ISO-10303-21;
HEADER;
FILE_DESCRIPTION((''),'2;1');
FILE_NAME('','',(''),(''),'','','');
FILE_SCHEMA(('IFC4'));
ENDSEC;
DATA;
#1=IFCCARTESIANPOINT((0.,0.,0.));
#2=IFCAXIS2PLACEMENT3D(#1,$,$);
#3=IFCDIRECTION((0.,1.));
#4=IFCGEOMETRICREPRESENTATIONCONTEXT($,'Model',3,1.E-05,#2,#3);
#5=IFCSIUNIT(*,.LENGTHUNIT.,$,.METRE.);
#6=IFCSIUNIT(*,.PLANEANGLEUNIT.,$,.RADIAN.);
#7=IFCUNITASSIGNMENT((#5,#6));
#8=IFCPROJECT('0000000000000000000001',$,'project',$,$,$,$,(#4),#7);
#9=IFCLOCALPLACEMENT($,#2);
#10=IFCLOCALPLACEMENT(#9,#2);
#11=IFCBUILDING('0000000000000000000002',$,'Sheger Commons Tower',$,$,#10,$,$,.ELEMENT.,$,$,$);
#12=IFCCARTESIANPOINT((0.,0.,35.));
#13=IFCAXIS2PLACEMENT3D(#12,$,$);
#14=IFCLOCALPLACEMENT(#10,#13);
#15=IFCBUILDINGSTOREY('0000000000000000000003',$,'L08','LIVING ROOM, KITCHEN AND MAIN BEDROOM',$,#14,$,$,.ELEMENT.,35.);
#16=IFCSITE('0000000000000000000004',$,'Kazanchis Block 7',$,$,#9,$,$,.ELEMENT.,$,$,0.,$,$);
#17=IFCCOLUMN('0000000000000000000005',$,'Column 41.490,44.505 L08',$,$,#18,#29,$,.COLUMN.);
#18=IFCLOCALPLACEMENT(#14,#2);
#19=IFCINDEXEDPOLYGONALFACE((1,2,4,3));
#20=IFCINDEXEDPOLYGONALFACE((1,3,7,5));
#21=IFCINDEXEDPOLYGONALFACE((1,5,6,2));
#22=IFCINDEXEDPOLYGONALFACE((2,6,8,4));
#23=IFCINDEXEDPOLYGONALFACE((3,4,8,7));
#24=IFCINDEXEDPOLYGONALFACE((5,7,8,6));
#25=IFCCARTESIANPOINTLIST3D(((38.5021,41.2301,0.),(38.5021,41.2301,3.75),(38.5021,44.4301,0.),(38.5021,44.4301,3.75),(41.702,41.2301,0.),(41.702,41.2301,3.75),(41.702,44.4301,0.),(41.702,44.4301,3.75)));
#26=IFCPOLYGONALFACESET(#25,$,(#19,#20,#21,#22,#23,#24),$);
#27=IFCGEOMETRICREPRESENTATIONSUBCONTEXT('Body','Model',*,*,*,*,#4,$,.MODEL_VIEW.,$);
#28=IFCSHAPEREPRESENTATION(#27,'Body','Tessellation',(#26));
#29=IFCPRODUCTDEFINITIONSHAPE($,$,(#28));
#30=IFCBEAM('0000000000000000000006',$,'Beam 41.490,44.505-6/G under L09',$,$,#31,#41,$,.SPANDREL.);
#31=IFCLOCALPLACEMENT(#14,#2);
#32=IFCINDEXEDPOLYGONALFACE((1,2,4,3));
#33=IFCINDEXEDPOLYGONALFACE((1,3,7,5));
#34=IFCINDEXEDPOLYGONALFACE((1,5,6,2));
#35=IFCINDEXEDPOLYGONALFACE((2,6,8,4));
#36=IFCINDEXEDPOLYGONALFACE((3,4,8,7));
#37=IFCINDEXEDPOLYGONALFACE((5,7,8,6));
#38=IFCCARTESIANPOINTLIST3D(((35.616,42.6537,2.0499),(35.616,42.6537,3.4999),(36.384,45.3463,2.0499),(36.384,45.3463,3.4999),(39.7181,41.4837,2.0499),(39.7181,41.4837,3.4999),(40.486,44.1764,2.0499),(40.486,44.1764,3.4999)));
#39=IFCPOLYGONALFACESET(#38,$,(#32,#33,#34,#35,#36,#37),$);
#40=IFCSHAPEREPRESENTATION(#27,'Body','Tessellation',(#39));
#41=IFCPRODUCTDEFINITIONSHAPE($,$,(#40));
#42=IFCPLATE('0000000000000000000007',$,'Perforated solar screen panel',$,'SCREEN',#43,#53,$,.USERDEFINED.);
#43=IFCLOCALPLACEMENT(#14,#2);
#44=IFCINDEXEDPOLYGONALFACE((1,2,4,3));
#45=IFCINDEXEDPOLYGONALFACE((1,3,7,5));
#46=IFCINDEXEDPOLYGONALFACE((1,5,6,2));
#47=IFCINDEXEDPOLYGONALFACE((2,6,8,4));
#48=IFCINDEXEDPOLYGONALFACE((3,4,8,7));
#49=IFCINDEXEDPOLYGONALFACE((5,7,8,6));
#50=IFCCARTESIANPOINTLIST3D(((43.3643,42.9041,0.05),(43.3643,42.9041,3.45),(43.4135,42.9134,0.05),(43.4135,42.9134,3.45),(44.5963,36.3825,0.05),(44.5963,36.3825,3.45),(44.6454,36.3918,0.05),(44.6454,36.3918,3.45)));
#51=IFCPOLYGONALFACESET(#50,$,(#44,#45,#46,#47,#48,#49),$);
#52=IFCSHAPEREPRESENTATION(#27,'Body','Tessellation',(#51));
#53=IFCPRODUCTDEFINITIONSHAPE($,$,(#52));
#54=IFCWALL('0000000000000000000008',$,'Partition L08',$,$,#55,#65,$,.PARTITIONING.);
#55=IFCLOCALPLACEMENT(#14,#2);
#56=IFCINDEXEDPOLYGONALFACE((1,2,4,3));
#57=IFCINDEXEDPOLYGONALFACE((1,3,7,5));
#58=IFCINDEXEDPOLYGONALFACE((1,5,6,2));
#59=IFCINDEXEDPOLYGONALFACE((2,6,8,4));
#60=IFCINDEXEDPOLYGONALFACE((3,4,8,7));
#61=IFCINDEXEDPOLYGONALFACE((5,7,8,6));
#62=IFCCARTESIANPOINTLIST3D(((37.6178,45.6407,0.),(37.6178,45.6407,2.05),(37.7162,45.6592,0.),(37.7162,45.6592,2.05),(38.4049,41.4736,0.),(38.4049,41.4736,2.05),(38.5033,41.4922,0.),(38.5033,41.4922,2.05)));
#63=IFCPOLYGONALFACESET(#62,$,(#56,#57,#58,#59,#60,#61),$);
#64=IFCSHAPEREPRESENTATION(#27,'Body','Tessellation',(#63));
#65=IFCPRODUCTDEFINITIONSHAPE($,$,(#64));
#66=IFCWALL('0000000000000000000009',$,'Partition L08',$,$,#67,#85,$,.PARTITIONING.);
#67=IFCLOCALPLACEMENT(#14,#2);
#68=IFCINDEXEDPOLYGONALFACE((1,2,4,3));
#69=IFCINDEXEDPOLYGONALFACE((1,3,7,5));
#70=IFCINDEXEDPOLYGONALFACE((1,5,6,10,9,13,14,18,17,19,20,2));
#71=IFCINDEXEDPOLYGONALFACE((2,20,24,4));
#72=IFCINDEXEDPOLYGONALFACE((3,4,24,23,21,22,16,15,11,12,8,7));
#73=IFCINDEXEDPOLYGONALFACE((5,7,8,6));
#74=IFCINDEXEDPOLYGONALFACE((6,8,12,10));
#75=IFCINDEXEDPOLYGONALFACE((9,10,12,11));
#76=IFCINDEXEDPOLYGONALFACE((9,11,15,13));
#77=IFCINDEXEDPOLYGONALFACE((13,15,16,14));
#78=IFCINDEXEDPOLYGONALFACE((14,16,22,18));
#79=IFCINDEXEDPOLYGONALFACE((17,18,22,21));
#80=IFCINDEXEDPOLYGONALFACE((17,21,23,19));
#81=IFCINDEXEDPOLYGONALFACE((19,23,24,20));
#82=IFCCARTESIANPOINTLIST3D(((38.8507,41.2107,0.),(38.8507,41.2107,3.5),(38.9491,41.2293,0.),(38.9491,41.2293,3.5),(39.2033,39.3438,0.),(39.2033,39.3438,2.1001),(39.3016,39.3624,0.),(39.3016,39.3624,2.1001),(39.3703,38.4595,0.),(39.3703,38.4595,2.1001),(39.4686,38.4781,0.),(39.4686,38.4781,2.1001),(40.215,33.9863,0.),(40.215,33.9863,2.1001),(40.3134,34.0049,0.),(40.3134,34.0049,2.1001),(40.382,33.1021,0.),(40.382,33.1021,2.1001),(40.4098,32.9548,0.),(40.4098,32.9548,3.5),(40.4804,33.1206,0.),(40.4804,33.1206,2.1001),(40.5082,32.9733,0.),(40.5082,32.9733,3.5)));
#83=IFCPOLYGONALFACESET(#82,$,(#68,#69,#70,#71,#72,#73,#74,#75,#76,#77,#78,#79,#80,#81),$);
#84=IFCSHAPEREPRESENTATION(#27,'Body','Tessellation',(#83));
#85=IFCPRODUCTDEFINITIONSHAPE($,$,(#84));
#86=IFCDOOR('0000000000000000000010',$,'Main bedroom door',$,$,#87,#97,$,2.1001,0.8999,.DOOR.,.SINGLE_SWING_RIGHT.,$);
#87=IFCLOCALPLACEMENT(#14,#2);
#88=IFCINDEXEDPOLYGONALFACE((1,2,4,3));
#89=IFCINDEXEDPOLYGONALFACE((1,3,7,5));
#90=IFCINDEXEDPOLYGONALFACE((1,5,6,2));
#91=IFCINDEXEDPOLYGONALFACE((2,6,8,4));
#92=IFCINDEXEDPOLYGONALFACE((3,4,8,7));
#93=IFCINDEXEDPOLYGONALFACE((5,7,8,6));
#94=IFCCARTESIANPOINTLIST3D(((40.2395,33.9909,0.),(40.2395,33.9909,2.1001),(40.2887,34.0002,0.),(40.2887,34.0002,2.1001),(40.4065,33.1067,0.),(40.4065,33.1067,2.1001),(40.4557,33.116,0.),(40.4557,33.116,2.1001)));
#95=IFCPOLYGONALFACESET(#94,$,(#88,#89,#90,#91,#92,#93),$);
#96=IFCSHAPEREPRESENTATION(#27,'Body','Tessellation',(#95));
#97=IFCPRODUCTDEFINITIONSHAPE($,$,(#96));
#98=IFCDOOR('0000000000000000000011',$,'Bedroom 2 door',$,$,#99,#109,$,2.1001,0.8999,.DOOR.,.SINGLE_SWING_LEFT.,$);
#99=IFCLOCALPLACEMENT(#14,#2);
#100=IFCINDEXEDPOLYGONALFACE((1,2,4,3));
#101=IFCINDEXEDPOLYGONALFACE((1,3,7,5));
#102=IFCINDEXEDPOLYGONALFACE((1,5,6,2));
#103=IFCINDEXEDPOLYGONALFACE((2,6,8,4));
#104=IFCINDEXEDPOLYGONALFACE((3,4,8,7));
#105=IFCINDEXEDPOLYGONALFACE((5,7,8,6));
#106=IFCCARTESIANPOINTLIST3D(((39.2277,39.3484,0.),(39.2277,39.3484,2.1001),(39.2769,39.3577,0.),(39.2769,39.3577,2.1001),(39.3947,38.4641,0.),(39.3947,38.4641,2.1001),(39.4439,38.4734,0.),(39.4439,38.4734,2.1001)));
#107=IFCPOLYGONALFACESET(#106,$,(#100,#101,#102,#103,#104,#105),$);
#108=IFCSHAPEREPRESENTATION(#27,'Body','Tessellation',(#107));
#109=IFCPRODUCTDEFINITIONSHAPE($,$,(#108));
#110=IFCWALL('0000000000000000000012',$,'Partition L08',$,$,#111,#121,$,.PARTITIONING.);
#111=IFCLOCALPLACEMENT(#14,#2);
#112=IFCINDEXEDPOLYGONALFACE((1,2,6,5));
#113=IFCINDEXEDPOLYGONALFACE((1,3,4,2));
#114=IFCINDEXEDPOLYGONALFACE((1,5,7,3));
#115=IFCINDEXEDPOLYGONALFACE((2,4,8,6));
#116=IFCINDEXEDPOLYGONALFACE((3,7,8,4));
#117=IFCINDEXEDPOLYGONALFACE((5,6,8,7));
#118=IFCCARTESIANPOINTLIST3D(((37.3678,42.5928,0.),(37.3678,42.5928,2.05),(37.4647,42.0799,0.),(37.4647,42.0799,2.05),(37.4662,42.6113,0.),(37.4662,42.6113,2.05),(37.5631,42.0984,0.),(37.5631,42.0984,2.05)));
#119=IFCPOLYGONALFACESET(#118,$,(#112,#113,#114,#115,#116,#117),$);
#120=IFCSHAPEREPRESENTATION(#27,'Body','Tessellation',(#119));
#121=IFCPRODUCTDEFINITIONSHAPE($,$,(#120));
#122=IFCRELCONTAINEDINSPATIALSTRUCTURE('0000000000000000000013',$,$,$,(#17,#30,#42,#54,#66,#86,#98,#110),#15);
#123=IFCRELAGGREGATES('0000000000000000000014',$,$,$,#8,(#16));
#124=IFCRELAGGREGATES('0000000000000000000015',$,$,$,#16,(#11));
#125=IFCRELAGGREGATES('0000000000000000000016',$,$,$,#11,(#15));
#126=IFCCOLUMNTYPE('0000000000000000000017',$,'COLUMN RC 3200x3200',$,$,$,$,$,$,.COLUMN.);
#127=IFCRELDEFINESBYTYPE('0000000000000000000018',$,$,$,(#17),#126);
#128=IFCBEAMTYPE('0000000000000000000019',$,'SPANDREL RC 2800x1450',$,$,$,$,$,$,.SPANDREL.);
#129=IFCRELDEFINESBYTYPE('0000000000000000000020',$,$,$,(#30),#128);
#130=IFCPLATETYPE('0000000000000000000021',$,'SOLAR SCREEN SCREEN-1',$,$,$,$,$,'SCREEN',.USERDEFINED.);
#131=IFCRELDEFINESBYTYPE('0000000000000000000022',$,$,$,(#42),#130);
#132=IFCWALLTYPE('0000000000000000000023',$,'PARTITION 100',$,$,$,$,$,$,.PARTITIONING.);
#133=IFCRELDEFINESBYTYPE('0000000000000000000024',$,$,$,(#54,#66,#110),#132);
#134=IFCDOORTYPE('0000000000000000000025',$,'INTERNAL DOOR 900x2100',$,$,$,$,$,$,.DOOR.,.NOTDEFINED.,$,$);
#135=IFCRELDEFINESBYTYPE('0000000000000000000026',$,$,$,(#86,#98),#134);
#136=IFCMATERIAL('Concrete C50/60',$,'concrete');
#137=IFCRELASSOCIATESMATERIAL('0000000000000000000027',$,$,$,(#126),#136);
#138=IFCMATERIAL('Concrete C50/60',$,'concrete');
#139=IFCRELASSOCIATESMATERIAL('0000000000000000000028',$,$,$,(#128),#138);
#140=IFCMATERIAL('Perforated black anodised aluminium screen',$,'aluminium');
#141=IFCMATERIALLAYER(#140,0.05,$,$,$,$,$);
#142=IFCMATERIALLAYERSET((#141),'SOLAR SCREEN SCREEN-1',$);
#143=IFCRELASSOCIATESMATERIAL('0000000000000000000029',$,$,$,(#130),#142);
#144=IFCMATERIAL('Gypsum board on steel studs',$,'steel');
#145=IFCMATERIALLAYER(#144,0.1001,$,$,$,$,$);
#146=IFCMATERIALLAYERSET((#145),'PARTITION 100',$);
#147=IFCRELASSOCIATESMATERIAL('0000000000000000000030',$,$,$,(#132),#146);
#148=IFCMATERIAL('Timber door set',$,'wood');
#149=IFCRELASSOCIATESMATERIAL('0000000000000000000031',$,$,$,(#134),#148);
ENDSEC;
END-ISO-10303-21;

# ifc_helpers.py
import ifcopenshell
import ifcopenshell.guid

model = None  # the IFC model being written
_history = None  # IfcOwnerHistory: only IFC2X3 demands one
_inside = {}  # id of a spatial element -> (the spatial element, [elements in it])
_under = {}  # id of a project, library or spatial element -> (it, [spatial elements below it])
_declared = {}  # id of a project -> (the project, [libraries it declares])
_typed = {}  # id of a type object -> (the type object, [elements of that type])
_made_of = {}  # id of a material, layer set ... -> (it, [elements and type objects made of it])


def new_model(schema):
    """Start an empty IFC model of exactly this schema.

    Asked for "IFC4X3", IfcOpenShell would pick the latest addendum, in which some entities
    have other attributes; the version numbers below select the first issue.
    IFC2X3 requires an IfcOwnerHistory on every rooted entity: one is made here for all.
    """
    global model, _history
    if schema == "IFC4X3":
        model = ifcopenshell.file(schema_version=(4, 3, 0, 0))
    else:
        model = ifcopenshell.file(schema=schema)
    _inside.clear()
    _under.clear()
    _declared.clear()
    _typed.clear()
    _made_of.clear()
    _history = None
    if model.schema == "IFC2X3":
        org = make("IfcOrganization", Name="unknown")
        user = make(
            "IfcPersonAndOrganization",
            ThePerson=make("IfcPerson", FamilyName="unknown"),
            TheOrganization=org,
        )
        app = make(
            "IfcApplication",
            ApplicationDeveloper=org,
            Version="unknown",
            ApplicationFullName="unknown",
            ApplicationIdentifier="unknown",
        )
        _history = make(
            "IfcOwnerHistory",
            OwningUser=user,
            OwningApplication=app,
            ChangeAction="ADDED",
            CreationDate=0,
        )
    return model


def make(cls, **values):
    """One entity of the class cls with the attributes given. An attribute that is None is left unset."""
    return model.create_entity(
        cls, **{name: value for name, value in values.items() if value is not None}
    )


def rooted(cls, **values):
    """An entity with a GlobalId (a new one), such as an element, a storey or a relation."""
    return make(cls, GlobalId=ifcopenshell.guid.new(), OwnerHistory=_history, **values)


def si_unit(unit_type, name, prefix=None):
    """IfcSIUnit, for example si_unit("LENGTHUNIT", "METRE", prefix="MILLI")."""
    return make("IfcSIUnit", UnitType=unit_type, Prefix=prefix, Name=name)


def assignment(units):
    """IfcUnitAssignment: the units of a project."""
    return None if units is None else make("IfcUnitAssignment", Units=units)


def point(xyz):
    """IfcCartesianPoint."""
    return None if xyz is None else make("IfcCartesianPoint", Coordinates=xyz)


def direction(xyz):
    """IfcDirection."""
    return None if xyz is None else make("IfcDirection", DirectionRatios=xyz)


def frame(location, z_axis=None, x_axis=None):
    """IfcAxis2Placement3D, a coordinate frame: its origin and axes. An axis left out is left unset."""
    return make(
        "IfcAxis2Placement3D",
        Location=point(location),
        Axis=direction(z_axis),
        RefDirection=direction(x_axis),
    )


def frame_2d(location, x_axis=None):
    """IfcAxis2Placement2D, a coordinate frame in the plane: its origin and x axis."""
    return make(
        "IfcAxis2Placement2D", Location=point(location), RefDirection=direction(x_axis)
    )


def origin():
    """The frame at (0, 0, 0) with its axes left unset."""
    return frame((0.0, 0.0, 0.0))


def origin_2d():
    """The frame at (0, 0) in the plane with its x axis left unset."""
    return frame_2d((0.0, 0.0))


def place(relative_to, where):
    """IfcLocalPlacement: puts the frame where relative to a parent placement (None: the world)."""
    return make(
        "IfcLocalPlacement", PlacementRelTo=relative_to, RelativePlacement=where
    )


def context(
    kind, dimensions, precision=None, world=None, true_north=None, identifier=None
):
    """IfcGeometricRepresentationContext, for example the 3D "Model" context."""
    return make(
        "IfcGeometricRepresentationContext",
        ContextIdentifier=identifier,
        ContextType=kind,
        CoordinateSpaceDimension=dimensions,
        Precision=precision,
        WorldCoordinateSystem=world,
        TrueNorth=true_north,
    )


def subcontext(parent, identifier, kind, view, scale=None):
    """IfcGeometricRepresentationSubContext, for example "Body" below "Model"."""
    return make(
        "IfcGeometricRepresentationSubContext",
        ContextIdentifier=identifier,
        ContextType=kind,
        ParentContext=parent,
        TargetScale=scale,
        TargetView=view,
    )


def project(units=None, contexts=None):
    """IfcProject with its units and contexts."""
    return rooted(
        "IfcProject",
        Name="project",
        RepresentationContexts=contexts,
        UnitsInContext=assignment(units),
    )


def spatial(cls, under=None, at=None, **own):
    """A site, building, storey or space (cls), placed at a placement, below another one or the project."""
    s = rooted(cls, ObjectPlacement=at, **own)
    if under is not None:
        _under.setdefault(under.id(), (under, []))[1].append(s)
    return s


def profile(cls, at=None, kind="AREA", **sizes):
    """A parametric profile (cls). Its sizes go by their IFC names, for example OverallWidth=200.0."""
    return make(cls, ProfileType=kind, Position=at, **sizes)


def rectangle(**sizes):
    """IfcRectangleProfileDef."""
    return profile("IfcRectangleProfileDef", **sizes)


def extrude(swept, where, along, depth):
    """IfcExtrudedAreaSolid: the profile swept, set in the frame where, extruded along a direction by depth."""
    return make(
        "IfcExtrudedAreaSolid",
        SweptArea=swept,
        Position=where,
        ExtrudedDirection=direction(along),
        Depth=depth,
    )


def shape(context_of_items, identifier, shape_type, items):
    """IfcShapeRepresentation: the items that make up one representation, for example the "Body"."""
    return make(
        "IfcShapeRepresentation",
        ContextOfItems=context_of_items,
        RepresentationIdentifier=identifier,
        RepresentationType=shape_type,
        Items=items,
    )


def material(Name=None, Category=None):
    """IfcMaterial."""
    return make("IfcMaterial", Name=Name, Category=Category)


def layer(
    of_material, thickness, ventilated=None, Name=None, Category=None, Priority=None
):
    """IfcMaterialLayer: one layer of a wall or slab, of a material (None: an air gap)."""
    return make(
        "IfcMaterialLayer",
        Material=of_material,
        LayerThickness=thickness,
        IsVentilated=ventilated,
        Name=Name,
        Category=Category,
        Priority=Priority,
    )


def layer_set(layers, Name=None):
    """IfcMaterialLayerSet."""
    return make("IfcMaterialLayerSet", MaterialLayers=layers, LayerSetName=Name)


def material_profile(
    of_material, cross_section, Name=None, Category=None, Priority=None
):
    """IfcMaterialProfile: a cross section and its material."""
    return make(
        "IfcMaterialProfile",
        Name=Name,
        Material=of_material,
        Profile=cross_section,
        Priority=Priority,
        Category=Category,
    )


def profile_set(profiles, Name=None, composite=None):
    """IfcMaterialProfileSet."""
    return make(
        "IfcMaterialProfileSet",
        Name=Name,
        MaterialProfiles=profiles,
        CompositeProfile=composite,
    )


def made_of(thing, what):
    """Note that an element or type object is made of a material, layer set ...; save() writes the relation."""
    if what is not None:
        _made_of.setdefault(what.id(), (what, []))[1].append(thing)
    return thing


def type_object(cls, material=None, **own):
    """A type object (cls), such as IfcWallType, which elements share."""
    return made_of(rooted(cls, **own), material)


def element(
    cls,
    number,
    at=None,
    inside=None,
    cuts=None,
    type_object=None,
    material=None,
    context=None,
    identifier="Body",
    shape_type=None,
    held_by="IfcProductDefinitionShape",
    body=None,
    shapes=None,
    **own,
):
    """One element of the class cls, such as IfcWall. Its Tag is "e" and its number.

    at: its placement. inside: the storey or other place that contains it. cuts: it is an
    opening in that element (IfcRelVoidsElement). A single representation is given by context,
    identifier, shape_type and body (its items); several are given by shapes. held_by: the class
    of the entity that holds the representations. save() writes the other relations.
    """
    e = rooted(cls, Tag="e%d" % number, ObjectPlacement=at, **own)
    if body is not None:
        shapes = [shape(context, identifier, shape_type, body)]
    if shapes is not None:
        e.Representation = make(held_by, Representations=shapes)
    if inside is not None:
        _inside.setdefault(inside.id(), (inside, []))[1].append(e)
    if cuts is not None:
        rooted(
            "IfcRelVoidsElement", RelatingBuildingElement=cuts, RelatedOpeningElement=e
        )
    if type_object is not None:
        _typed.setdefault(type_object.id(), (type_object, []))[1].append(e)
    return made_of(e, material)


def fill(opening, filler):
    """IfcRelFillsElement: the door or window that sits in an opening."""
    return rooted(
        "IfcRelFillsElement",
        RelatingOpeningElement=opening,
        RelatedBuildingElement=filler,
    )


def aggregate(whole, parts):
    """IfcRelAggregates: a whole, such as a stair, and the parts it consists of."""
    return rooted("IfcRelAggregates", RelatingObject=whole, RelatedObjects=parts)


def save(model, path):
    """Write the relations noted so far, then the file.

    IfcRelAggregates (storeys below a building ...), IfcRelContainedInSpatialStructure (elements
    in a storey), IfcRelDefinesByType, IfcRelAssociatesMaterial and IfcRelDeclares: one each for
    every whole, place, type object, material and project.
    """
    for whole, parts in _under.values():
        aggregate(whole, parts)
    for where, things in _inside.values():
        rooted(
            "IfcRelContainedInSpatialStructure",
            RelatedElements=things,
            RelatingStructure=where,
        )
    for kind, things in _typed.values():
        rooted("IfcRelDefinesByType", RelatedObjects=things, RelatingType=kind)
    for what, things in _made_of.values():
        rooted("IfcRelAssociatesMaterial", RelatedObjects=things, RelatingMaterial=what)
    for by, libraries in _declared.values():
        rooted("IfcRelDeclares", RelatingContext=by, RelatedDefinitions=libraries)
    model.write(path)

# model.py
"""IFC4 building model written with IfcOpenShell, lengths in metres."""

from ifc_helpers import new_model, si_unit, direction, frame, frame_2d, origin, origin_2d, place, context, subcontext, project, spatial, rectangle, extrude, material, layer, layer_set, material_profile, profile_set, type_object, element, fill, save


model = new_model("IFC4")

# Units and contexts
model_context = context("Model", 3, precision=1e-05, world=origin(), true_north=direction((0.0, 1.0)))
body_context = subcontext(model_context, "Body", "Model", "MODEL_VIEW")
ifc_project = project(units=[si_unit("LENGTHUNIT", "METRE"), si_unit("PLANEANGLEUNIT", "RADIAN")], contexts=[model_context])

# Site, building, storey
site_placement = place(None, origin())
site = spatial("IfcSite", under=ifc_project, at=site_placement, Name="Kazanchis Block 7", CompositionType="ELEMENT", RefElevation=0.0)
building_placement = place(site_placement, origin())
building = spatial("IfcBuilding", under=site, at=building_placement, Name="Sheger Commons Tower", CompositionType="ELEMENT")
storey_placement = place(building_placement, frame((0.0, 0.0, 35.0)))
storey = spatial("IfcBuildingStorey", under=building, at=storey_placement, Name="L08", Description="LIVING ROOM, KITCHEN AND MAIN BEDROOM", CompositionType="ELEMENT", Elevation=35.0)

# Column
ifc_material_1 = material(Name="Concrete C50/60", Category="concrete")
ifc_material_profile_1 = material_profile(ifc_material_1, rectangle(XDim=3.2, YDim=3.2, at=origin_2d()), Name="RC 3200x3200")
ifc_profile_set_1 = profile_set([ifc_material_profile_1], Name="Concrete C50/60")
column_type = type_object("IfcColumnType", Name="COLUMN RC 3200x3200", PredefinedType="COLUMN", material=ifc_profile_set_1)
column_placement = place(storey_placement, frame((40.1021, 42.8301, 0.0), z_axis=(0.0, 0.0, 1.0), x_axis=(1.0, 0.0, 0.0)))
element("IfcColumn", 1, at=column_placement, inside=storey, type_object=column_type, Name="Column 41.490,44.505 L08", PredefinedType="COLUMN", context=body_context, shape_type="SweptSolid", body=[
    extrude(rectangle(XDim=3.2, YDim=3.2, at=origin_2d()), origin(), (0.0, 0.0, 1.0), 3.75),
])

# Beam
ifc_material_2 = material(Name="Concrete C50/60", Category="concrete")
ifc_material_profile_2 = material_profile(ifc_material_2, rectangle(XDim=2.8, YDim=1.45, at=origin_2d()), Name="RC 2800x1450")
ifc_profile_set_2 = profile_set([ifc_material_profile_2], Name="Concrete C50/60")
beam_type = type_object("IfcBeamType", Name="SPANDREL RC 2800x1450", PredefinedType="SPANDREL", material=ifc_profile_set_2)
beam_placement = place(storey_placement, frame((40.1021, 42.8301, 2.7749), z_axis=(-0.961653, 0.274268, 0.0), x_axis=(-0.274268, -0.961653, 0.0)))
element("IfcBeam", 2, at=beam_placement, inside=storey, type_object=beam_type, Name="Beam 41.490,44.505-6/G under L09", PredefinedType="SPANDREL", context=body_context, shape_type="SweptSolid", body=[
    extrude(rectangle(XDim=2.8, YDim=1.45, at=origin_2d()), origin(), (0.0, 0.0, 1.0), 4.2656),
])

# Plate
ifc_material_3 = material(Name="Perforated black anodised aluminium screen", Category="aluminium")
ifc_layer_1 = layer(ifc_material_3, 0.05)
ifc_layer_set_1 = layer_set([ifc_layer_1], Name="SOLAR SCREEN SCREEN-1")
plate_type = type_object("IfcPlateType", Name="SOLAR SCREEN SCREEN-1", ElementType="SCREEN", PredefinedType="USERDEFINED", material=ifc_layer_set_1)
plate_placement = place(storey_placement, frame((44.0049, 39.6479, 0.05), z_axis=(0.0, 0.0, 1.0), x_axis=(-0.185615, 0.982623, 0.0)))
element("IfcPlate", 3, at=plate_placement, inside=storey, type_object=plate_type, Name="Perforated solar screen panel", ObjectType="SCREEN", PredefinedType="USERDEFINED", context=body_context, shape_type="SweptSolid", body=[
    extrude(rectangle(XDim=6.637, YDim=0.05, at=origin_2d()), origin(), (0.0, 0.0, 1.0), 3.3999),
])

# Wall
ifc_material_4 = material(Name="Gypsum board on steel studs", Category="steel")
ifc_layer_2 = layer(ifc_material_4, 0.1001)
ifc_layer_set_2 = layer_set([ifc_layer_2], Name="PARTITION 100")
wall_type = type_object("IfcWallType", Name="PARTITION 100", PredefinedType="PARTITIONING", material=ifc_layer_set_2)
wall_1_placement = place(storey_placement, frame((38.4541, 41.4829, 0.0), z_axis=(0.0, 0.0, 1.0), x_axis=(-0.185609, 0.982624, 0.0)))
element("IfcWall", 4, at=wall_1_placement, inside=storey, type_object=wall_type, Name="Partition L08", PredefinedType="PARTITIONING", context=body_context, shape_type="SweptSolid", body=[
    extrude(rectangle(XDim=4.2407, YDim=0.1001, at=frame_2d((2.1204, 0.0))), origin(), (0.0, 0.0, 1.0), 2.05),
])

# Wall, openings, doors
wall_2_placement = place(storey_placement, frame((38.8999, 41.22, 0.0), z_axis=(0.0, 0.0, 1.0), x_axis=(0.185566, -0.982632, 0.0)))
wall_2 = element("IfcWall", 5, at=wall_2_placement, inside=storey, type_object=wall_type, Name="Partition L08", PredefinedType="PARTITIONING", context=body_context, shape_type="SweptSolid", body=[
    extrude(rectangle(XDim=8.4019, YDim=0.1001, at=frame_2d((4.2009, 0.0))), origin(), (0.0, 0.0, 1.0), 3.5),
])
opening_1_placement = place(wall_2_placement, frame((7.3521, 0.0, 0.0)))
opening_1 = element("IfcOpeningElement", 6, at=opening_1_placement, cuts=wall_2, PredefinedType="OPENING", context=body_context, shape_type="SweptSolid", body=[
    extrude(rectangle(XDim=0.8999, YDim=2.1001, at=frame_2d((0.45, 1.05))), frame((0.0, 0.0601, 0.0), z_axis=(0.0, -1.0, 0.0), x_axis=(1.0, 0.0, 0.0)), (0.0, 0.0, 1.0), 0.1201),
])
opening_2_placement = place(wall_2_placement, frame((1.8999, 0.0, 0.0)))
opening_2 = element("IfcOpeningElement", 7, at=opening_2_placement, cuts=wall_2, PredefinedType="OPENING", context=body_context, shape_type="SweptSolid", body=[
    extrude(rectangle(XDim=0.8999, YDim=2.1001, at=frame_2d((0.45, 1.05))), frame((0.0, 0.0601, 0.0), z_axis=(0.0, -1.0, 0.0), x_axis=(1.0, 0.0, 0.0)), (0.0, 0.0, 1.0), 0.1201),
])
ifc_material_5 = material(Name="Timber door set", Category="wood")
door_type = type_object("IfcDoorType", Name="INTERNAL DOOR 900x2100", OperationType="NOTDEFINED", PredefinedType="DOOR", material=ifc_material_5)
door_1_placement = place(opening_1_placement, origin())
door_1 = element("IfcDoor", 8, at=door_1_placement, inside=storey, type_object=door_type, Name="Main bedroom door", OperationType="SINGLE_SWING_RIGHT", OverallHeight=2.1001, OverallWidth=0.8999, PredefinedType="DOOR", context=body_context, shape_type="SweptSolid", body=[
    extrude(rectangle(XDim=0.8999, YDim=2.1001, at=frame_2d((0.45, 1.05))), frame((0.0, 0.0249, 0.0), z_axis=(0.0, -1.0, 0.0), x_axis=(1.0, 0.0, 0.0)), (0.0, 0.0, 1.0), 0.05),
])
fill(opening_1, door_1)
door_2_placement = place(opening_2_placement, origin())
door_2 = element("IfcDoor", 9, at=door_2_placement, inside=storey, type_object=door_type, Name="Bedroom 2 door", OperationType="SINGLE_SWING_LEFT", OverallHeight=2.1001, OverallWidth=0.8999, PredefinedType="DOOR", context=body_context, shape_type="SweptSolid", body=[
    extrude(rectangle(XDim=0.8999, YDim=2.1001, at=frame_2d((0.45, 1.05))), frame((0.0, 0.0249, 0.0), z_axis=(0.0, -1.0, 0.0), x_axis=(1.0, 0.0, 0.0)), (0.0, 0.0, 1.0), 0.05),
])
fill(opening_2, door_2)

# Wall
wall_3_placement = place(storey_placement, frame((37.417, 42.6021, 0.0), z_axis=(0.0, 0.0, 1.0), x_axis=(0.185672, -0.982612, 0.0)))
element("IfcWall", 10, at=wall_3_placement, inside=storey, type_object=wall_type, Name="Partition L08", PredefinedType="PARTITIONING", context=body_context, shape_type="SweptSolid", body=[
    extrude(rectangle(XDim=0.522, YDim=0.1001, at=frame_2d((0.261, 0.0))), origin(), (0.0, 0.0, 1.0), 2.05),
])

save(model, "model.ifc")
